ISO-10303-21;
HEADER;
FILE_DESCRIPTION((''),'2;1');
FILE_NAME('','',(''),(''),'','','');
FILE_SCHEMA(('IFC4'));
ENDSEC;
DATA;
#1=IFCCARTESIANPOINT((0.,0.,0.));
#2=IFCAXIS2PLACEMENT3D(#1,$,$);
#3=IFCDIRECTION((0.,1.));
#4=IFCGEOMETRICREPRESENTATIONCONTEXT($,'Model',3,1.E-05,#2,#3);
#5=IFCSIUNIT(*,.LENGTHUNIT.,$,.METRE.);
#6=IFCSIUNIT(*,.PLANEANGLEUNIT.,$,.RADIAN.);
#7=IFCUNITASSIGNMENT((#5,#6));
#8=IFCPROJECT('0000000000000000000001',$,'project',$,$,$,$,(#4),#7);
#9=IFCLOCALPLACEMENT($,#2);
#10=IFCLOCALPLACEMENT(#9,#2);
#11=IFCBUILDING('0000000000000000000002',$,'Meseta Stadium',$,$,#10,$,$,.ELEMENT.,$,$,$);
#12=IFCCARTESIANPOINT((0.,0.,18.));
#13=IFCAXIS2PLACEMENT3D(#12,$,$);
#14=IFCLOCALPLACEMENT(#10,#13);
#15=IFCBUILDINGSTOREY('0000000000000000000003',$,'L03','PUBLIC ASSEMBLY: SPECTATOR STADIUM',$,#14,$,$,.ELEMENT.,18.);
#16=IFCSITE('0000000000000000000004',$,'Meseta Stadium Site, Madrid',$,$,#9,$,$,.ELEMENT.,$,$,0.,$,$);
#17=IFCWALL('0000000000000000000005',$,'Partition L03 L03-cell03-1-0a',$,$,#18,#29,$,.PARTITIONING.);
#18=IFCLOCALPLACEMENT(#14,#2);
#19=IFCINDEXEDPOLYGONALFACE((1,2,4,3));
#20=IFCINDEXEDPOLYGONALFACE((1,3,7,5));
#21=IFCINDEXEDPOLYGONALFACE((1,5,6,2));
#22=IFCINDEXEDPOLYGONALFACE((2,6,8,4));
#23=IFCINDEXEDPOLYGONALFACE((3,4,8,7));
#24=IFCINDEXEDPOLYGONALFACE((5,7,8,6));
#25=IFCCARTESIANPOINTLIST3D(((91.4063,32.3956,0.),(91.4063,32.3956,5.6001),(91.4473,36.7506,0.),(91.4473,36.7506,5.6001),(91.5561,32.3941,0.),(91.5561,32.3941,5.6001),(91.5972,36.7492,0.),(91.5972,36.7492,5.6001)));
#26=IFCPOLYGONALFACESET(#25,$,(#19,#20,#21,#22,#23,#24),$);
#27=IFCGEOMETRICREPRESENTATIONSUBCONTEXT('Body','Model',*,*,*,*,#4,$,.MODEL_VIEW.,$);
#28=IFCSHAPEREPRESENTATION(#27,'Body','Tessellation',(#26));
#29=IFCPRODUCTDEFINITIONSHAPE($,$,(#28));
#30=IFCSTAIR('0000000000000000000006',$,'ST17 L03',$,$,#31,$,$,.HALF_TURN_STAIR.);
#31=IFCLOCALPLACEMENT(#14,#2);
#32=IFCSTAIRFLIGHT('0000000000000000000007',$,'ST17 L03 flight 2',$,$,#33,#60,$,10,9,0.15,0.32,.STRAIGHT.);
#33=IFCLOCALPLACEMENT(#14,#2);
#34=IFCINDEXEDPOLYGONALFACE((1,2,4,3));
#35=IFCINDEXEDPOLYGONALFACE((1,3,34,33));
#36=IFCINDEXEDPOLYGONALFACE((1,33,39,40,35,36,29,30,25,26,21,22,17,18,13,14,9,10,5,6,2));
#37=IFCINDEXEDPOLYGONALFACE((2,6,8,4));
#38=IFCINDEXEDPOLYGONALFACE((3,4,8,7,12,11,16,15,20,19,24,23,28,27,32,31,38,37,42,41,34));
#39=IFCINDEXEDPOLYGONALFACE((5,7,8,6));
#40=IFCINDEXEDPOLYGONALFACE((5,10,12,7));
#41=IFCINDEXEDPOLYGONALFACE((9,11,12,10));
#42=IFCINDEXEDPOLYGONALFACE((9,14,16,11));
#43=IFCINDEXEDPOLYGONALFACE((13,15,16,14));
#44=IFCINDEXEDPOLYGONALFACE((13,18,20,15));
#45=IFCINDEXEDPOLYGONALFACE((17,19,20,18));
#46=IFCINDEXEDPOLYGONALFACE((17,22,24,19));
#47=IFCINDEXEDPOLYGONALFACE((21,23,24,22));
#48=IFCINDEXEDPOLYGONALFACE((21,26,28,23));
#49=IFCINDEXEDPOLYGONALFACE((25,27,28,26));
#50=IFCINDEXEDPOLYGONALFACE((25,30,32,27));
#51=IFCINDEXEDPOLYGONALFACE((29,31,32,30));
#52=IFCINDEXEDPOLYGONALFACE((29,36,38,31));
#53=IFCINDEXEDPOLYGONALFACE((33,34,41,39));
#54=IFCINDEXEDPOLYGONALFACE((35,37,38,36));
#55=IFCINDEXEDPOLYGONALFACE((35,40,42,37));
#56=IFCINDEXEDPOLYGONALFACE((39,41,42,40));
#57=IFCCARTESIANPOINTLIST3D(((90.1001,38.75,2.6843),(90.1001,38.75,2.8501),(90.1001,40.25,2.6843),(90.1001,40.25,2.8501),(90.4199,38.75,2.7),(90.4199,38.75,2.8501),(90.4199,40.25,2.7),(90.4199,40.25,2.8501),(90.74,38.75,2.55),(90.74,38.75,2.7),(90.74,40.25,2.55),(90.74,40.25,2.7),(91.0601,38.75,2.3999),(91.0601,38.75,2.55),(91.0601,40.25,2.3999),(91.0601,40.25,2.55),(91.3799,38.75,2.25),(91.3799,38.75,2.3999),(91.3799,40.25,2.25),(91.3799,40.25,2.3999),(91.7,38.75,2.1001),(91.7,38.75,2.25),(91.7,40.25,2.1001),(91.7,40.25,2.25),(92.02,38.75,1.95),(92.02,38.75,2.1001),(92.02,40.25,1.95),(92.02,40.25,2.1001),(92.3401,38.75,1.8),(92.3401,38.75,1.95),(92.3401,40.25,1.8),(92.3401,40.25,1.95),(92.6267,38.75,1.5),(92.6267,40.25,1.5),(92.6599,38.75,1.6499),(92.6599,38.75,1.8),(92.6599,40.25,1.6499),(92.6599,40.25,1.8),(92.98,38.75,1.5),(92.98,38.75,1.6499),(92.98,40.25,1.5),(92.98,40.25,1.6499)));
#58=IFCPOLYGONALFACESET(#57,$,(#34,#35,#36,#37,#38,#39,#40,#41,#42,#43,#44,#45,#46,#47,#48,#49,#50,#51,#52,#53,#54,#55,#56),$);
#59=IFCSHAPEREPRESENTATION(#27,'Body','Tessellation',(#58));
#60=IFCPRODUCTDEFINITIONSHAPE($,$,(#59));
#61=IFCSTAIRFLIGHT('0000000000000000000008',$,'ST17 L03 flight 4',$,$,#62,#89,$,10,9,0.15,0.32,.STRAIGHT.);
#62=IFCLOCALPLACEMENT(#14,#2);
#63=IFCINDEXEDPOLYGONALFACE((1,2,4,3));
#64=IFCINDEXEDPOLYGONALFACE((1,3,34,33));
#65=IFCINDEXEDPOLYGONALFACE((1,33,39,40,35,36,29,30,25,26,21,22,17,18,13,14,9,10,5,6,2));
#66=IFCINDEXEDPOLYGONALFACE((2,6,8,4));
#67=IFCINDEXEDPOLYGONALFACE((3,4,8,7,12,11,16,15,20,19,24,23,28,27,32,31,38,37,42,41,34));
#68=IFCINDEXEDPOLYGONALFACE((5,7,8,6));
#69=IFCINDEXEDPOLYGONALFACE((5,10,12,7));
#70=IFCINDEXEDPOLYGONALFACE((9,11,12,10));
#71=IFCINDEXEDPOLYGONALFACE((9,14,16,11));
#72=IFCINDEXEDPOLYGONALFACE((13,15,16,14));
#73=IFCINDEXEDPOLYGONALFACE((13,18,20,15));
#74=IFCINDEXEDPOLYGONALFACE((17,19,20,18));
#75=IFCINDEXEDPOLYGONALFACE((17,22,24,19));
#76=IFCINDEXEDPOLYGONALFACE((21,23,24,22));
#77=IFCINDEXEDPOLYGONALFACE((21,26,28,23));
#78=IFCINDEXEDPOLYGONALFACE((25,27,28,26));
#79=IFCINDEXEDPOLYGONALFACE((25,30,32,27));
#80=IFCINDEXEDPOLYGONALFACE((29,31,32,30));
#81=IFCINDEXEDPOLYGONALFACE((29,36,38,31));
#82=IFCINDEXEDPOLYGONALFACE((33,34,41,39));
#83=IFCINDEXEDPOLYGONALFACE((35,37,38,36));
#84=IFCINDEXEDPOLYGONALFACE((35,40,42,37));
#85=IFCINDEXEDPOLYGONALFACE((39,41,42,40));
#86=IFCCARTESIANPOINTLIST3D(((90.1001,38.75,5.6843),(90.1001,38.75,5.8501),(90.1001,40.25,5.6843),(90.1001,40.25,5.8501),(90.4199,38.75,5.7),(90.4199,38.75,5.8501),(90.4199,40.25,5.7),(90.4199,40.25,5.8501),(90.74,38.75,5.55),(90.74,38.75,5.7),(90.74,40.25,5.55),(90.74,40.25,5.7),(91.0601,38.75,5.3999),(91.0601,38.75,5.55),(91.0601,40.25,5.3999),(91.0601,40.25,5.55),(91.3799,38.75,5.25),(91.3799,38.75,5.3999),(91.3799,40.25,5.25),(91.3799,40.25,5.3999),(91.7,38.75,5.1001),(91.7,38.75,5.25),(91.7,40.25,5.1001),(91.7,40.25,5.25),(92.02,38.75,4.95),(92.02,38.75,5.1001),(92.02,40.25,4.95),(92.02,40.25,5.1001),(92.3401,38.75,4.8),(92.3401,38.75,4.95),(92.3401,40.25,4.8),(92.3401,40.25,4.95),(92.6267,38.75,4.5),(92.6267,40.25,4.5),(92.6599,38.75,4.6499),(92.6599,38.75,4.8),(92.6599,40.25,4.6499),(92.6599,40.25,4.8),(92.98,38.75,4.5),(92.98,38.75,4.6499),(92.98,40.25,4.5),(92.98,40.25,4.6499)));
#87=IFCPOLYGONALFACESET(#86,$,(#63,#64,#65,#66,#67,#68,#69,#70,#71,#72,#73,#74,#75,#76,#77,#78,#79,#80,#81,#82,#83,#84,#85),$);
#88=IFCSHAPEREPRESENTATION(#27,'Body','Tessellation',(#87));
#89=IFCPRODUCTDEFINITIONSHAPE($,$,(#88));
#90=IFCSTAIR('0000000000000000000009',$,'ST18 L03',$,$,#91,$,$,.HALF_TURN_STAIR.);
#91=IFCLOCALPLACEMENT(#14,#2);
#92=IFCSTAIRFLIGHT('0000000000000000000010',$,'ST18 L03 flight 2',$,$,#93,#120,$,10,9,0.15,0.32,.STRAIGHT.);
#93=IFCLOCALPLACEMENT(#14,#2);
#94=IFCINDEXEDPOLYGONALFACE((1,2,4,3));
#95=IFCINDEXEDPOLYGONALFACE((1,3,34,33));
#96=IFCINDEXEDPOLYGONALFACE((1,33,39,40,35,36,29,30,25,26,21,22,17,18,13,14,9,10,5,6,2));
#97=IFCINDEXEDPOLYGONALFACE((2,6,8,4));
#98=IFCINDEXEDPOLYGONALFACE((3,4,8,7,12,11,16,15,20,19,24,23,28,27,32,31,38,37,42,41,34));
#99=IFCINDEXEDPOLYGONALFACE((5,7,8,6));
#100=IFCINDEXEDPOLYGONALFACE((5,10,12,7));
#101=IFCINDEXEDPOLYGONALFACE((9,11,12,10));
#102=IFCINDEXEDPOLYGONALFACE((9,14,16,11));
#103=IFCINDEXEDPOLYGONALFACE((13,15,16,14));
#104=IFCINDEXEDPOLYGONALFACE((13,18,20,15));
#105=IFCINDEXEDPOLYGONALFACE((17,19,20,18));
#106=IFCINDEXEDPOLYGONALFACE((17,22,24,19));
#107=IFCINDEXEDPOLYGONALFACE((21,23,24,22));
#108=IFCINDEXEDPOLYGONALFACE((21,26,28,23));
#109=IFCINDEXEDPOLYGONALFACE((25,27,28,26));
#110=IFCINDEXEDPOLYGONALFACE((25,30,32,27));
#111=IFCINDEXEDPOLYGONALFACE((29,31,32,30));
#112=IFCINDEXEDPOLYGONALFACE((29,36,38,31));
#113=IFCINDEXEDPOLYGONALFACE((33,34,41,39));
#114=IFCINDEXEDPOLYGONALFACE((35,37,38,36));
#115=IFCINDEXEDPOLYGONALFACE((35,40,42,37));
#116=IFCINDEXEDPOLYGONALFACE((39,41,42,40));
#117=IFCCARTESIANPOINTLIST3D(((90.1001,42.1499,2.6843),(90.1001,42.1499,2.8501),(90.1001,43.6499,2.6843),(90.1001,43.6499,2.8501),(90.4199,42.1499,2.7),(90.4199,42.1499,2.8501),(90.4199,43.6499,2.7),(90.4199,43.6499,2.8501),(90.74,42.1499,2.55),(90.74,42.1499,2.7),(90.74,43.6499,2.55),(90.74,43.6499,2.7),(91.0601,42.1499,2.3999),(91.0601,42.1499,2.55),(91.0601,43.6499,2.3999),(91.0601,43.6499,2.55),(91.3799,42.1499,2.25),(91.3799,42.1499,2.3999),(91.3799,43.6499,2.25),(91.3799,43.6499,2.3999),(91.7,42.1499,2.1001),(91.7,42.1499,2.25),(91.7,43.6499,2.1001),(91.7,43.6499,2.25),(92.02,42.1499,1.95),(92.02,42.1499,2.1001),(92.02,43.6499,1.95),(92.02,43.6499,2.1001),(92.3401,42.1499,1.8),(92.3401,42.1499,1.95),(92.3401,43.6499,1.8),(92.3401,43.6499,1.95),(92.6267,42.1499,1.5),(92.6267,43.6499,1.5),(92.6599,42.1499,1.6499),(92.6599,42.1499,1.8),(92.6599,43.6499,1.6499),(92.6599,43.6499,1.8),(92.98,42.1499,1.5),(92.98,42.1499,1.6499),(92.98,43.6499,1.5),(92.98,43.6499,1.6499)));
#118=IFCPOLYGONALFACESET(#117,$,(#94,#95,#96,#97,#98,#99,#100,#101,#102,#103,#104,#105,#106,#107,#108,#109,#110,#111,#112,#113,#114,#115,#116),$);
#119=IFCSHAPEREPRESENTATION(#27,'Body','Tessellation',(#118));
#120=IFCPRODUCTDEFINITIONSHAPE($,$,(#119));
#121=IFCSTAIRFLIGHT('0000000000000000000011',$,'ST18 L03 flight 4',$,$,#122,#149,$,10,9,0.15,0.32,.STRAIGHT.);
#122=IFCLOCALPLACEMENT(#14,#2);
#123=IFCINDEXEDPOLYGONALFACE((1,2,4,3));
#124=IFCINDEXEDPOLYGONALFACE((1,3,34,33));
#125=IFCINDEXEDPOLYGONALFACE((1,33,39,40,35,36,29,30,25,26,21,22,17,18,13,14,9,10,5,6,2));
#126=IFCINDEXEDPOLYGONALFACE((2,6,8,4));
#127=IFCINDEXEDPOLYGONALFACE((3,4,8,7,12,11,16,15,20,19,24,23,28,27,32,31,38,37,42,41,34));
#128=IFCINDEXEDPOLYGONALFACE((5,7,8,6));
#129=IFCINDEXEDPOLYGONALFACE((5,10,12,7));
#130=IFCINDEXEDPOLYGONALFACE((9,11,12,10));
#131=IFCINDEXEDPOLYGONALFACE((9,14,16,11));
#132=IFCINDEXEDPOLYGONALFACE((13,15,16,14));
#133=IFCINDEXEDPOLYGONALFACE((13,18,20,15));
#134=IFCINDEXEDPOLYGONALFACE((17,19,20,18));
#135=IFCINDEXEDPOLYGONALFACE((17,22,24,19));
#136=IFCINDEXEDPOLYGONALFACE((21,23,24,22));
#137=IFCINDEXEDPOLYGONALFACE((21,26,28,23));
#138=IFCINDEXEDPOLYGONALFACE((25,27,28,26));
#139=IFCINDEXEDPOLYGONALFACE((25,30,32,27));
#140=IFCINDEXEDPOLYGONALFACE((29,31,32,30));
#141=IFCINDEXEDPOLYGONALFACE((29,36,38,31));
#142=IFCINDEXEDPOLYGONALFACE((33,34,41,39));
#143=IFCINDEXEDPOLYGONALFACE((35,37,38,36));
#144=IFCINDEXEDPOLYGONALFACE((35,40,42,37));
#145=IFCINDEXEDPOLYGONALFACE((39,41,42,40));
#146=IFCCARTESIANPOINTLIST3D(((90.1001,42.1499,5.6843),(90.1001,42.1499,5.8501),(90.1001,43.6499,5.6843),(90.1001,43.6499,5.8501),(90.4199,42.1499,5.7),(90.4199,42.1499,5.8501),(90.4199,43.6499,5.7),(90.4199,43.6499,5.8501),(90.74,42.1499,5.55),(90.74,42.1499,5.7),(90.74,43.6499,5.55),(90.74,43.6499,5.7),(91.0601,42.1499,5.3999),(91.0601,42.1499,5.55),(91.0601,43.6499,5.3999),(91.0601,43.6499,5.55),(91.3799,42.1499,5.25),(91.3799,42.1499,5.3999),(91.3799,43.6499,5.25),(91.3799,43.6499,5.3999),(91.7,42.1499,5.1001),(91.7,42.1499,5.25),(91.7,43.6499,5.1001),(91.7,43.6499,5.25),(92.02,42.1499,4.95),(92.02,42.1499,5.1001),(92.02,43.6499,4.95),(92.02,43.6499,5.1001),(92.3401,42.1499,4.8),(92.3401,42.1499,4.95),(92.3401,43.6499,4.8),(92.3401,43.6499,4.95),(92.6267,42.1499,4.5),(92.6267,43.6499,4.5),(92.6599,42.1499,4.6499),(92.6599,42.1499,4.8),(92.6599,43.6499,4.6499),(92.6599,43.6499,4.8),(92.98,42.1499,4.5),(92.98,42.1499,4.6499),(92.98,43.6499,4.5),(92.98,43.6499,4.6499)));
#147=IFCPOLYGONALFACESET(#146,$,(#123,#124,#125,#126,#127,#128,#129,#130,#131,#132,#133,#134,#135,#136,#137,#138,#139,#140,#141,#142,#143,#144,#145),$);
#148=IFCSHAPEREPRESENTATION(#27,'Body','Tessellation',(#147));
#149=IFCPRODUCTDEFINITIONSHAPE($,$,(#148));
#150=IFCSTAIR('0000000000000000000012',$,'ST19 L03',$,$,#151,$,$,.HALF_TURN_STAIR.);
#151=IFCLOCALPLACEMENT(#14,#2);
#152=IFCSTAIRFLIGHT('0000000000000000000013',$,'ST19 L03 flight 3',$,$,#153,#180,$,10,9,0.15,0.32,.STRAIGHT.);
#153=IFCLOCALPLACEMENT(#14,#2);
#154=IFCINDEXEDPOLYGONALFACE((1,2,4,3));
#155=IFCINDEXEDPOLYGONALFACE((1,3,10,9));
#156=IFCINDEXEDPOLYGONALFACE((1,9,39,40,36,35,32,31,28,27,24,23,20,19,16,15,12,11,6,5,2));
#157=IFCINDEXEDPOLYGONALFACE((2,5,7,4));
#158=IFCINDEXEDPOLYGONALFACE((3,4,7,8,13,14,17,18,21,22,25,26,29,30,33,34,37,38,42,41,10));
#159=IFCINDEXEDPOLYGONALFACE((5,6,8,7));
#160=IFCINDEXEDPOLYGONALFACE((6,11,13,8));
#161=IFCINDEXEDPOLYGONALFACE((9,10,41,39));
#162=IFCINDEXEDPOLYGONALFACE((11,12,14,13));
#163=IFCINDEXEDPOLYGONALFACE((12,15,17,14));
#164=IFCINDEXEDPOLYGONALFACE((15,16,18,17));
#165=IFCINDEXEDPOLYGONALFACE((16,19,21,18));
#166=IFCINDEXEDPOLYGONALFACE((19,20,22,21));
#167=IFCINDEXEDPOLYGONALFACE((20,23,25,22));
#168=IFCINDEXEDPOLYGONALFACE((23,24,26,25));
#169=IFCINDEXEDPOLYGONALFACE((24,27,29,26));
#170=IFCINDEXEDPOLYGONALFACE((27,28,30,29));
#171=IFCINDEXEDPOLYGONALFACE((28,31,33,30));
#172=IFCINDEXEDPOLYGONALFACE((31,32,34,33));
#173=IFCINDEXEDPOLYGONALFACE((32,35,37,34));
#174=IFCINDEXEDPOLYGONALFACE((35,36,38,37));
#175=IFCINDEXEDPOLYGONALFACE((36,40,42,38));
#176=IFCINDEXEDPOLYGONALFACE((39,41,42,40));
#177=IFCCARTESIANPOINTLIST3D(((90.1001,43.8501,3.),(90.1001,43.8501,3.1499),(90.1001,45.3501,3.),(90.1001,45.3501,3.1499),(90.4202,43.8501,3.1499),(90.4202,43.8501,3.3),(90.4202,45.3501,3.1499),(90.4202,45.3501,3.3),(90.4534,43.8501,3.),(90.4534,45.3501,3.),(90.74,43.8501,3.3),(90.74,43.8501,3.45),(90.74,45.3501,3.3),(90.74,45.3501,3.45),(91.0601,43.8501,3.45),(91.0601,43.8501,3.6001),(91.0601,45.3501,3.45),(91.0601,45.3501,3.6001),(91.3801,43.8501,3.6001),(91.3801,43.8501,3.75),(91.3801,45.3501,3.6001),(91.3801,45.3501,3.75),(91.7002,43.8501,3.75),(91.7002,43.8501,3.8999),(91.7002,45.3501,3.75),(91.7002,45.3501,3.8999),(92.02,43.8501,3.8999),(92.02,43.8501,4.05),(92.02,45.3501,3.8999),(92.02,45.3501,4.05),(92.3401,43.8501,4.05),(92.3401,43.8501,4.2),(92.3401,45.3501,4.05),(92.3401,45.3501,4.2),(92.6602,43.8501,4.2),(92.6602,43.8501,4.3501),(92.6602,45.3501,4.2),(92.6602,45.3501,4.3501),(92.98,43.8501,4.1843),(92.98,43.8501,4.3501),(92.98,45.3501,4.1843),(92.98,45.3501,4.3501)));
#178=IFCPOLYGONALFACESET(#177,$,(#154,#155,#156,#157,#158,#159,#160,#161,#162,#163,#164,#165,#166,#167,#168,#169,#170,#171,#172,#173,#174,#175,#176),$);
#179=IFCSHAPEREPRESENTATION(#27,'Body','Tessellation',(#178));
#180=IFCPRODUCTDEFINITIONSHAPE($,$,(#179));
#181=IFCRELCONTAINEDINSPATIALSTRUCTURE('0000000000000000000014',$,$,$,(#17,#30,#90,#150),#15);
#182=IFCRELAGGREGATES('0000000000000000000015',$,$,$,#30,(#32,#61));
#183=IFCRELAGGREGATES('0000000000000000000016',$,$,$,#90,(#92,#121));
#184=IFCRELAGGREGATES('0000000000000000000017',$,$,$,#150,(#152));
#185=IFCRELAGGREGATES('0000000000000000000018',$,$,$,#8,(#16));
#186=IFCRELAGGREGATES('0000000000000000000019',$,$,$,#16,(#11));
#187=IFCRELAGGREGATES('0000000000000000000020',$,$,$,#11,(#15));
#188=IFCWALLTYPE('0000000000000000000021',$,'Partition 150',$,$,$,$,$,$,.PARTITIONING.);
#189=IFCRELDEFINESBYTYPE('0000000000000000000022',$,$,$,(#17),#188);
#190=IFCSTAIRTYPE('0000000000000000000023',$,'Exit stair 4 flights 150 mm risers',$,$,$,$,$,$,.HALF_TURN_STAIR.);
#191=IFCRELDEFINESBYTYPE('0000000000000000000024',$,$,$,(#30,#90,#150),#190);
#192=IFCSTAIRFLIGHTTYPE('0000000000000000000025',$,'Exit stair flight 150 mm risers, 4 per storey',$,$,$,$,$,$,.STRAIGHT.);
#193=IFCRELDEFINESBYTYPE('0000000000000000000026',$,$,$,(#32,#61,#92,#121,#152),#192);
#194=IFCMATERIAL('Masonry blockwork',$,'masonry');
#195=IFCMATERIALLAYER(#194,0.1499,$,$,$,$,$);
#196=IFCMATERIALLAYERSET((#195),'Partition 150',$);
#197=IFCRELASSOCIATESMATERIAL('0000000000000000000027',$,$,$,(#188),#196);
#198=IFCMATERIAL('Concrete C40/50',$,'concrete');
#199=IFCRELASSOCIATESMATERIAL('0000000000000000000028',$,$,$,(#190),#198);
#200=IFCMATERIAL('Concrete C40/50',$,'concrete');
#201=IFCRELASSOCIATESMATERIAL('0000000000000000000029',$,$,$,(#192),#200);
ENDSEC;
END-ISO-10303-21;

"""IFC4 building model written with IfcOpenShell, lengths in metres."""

from ifc_helpers import new_model, si_unit, direction, frame, frame_2d, origin, place, context, subcontext, project, spatial, polyline, rectangle, outline, extrude, material, layer, layer_set, type_object, element, aggregate, save


model = new_model("IFC4")

# Units and contexts
model_context = context("Model", 3, precision=1e-05, world=origin(), true_north=direction((0.0, 1.0)))
body_context = subcontext(model_context, "Body", "Model", "MODEL_VIEW")
ifc_project = project(units=[si_unit("LENGTHUNIT", "METRE"), si_unit("PLANEANGLEUNIT", "RADIAN")], contexts=[model_context])

# Site, building, storey
site_placement = place(None, origin())
site = spatial("IfcSite", under=ifc_project, at=site_placement, Name="Meseta Stadium Site, Madrid", CompositionType="ELEMENT", RefElevation=0.0)
building_placement = place(site_placement, origin())
building = spatial("IfcBuilding", under=site, at=building_placement, Name="Meseta Stadium", CompositionType="ELEMENT")
storey_placement = place(building_placement, frame((0.0, 0.0, 18.0)))
storey = spatial("IfcBuildingStorey", under=building, at=storey_placement, Name="L03", Description="PUBLIC ASSEMBLY: SPECTATOR STADIUM", CompositionType="ELEMENT", Elevation=18.0)

# Wall
ifc_material_1 = material(Name="Masonry blockwork", Category="masonry")
ifc_layer = layer(ifc_material_1, 0.1499)
ifc_layer_set = layer_set([ifc_layer], Name="Partition 150")
wall_type = type_object("IfcWallType", Name="Partition 150", PredefinedType="PARTITIONING", material=ifc_layer_set)
wall_placement = place(storey_placement, frame((91.5222, 36.75, 0.0), z_axis=(0.0, 0.0, 1.0), x_axis=(-0.009418, -0.999956, 0.0)))
element("IfcWall", 1, at=wall_placement, inside=storey, type_object=wall_type, Name="Partition L03 L03-cell03-1-0a", PredefinedType="PARTITIONING", context=body_context, shape_type="SweptSolid", body=[
    extrude(rectangle(XDim=4.3552, YDim=0.1499, at=frame_2d((2.1777, 0.0))), origin(), (0.0, 0.0, 1.0), 5.6001),
])

# Stairs, stair flights
ifc_material_2 = material(Name="Concrete C40/50", Category="concrete")
stair_type = type_object("IfcStairType", Name="Exit stair 4 flights 150 mm risers", PredefinedType="HALF_TURN_STAIR", material=ifc_material_2)
stair_1_placement = place(storey_placement, origin())
stair_1 = element("IfcStair", 2, at=stair_1_placement, inside=storey, type_object=stair_type, Name="ST17 L03", PredefinedType="HALF_TURN_STAIR")
ifc_material_3 = material(Name="Concrete C40/50", Category="concrete")
stair_flight_type = type_object("IfcStairFlightType", Name="Exit stair flight 150 mm risers, 4 per storey", PredefinedType="STRAIGHT", material=ifc_material_3)
stair_flight_1_placement = place(storey_placement, frame((92.98, 39.5, 1.5), z_axis=(0.0, 0.0, 1.0), x_axis=(-1.0, 0.0, 0.0)))
stair_flight_1 = element("IfcStairFlight", 3, at=stair_flight_1_placement, type_object=stair_flight_type, Name="ST17 L03 flight 2", NumberOfRisers=10, NumberOfTreads=9, PredefinedType="STRAIGHT", RiserHeight=0.15, TreadLength=0.32, context=body_context, shape_type="SweptSolid", body=[
    extrude(outline(polyline([(0.0, 0.0), (0.0, 0.1499), (0.3201, 0.1499), (0.3201, 0.3), (0.6399, 0.3), (0.6399, 0.45), (0.96, 0.45), (0.96, 0.6001), (1.28, 0.6001), (1.28, 0.75), (1.6001, 0.75), (1.6001, 0.8999), (1.9199, 0.8999), (1.9199, 1.05), (2.24, 1.05), (2.24, 1.2), (2.5601, 1.2), (2.5601, 1.3501), (2.8799, 1.3501), (2.8799, 1.1843), (0.3533, 0.0), (0.0, 0.0)])), frame((0.0, 0.75, 0.0), z_axis=(0.0, -1.0, 0.0), x_axis=(1.0, 0.0, 0.0)), (0.0, 0.0, 1.0), 1.5),
])
stair_flight_2_placement = place(storey_placement, frame((92.98, 39.5, 4.5), z_axis=(0.0, 0.0, 1.0), x_axis=(-1.0, 0.0, 0.0)))
stair_flight_2 = element("IfcStairFlight", 4, at=stair_flight_2_placement, type_object=stair_flight_type, Name="ST17 L03 flight 4", NumberOfRisers=10, NumberOfTreads=9, PredefinedType="STRAIGHT", RiserHeight=0.15, TreadLength=0.32, context=body_context, shape_type="SweptSolid", body=[
    extrude(outline(polyline([(0.0, 0.0), (0.0, 0.1499), (0.3201, 0.1499), (0.3201, 0.3), (0.6399, 0.3), (0.6399, 0.45), (0.96, 0.45), (0.96, 0.6001), (1.28, 0.6001), (1.28, 0.75), (1.6001, 0.75), (1.6001, 0.8999), (1.9199, 0.8999), (1.9199, 1.05), (2.24, 1.05), (2.24, 1.2), (2.5601, 1.2), (2.5601, 1.3501), (2.8799, 1.3501), (2.8799, 1.1843), (0.3533, 0.0), (0.0, 0.0)])), frame((0.0, 0.75, 0.0), z_axis=(0.0, -1.0, 0.0), x_axis=(1.0, 0.0, 0.0)), (0.0, 0.0, 1.0), 1.5),
])
aggregate(stair_1, [stair_flight_1, stair_flight_2])
stair_2_placement = place(storey_placement, origin())
stair_2 = element("IfcStair", 5, at=stair_2_placement, inside=storey, type_object=stair_type, Name="ST18 L03", PredefinedType="HALF_TURN_STAIR")
stair_flight_3_placement = place(storey_placement, frame((92.98, 42.8999, 1.5), z_axis=(0.0, 0.0, 1.0), x_axis=(-1.0, 0.0, 0.0)))
stair_flight_3 = element("IfcStairFlight", 6, at=stair_flight_3_placement, type_object=stair_flight_type, Name="ST18 L03 flight 2", NumberOfRisers=10, NumberOfTreads=9, PredefinedType="STRAIGHT", RiserHeight=0.15, TreadLength=0.32, context=body_context, shape_type="SweptSolid", body=[
    extrude(outline(polyline([(0.0, 0.0), (0.0, 0.1499), (0.3201, 0.1499), (0.3201, 0.3), (0.6399, 0.3), (0.6399, 0.45), (0.96, 0.45), (0.96, 0.6001), (1.28, 0.6001), (1.28, 0.75), (1.6001, 0.75), (1.6001, 0.8999), (1.9199, 0.8999), (1.9199, 1.05), (2.24, 1.05), (2.24, 1.2), (2.5601, 1.2), (2.5601, 1.3501), (2.8799, 1.3501), (2.8799, 1.1843), (0.3533, 0.0), (0.0, 0.0)])), frame((0.0, 0.75, 0.0), z_axis=(0.0, -1.0, 0.0), x_axis=(1.0, 0.0, 0.0)), (0.0, 0.0, 1.0), 1.5),
])
stair_flight_4_placement = place(storey_placement, frame((92.98, 42.8999, 4.5), z_axis=(0.0, 0.0, 1.0), x_axis=(-1.0, 0.0, 0.0)))
stair_flight_4 = element("IfcStairFlight", 7, at=stair_flight_4_placement, type_object=stair_flight_type, Name="ST18 L03 flight 4", NumberOfRisers=10, NumberOfTreads=9, PredefinedType="STRAIGHT", RiserHeight=0.15, TreadLength=0.32, context=body_context, shape_type="SweptSolid", body=[
    extrude(outline(polyline([(0.0, 0.0), (0.0, 0.1499), (0.3201, 0.1499), (0.3201, 0.3), (0.6399, 0.3), (0.6399, 0.45), (0.96, 0.45), (0.96, 0.6001), (1.28, 0.6001), (1.28, 0.75), (1.6001, 0.75), (1.6001, 0.8999), (1.9199, 0.8999), (1.9199, 1.05), (2.24, 1.05), (2.24, 1.2), (2.5601, 1.2), (2.5601, 1.3501), (2.8799, 1.3501), (2.8799, 1.1843), (0.3533, 0.0), (0.0, 0.0)])), frame((0.0, 0.75, 0.0), z_axis=(0.0, -1.0, 0.0), x_axis=(1.0, 0.0, 0.0)), (0.0, 0.0, 1.0), 1.5),
])
aggregate(stair_2, [stair_flight_3, stair_flight_4])

# Stair, stair flight
stair_3_placement = place(storey_placement, origin())
stair_3 = element("IfcStair", 8, at=stair_3_placement, inside=storey, type_object=stair_type, Name="ST19 L03", PredefinedType="HALF_TURN_STAIR")
stair_flight_5_placement = place(storey_placement, frame((90.1001, 44.6001, 3.0), z_axis=(0.0, 0.0, 1.0), x_axis=(1.0, 0.0, 0.0)))
stair_flight_5 = element("IfcStairFlight", 9, at=stair_flight_5_placement, type_object=stair_flight_type, Name="ST19 L03 flight 3", NumberOfRisers=10, NumberOfTreads=9, PredefinedType="STRAIGHT", RiserHeight=0.15, TreadLength=0.32, context=body_context, shape_type="SweptSolid", body=[
    extrude(outline(polyline([(0.0, 0.0), (0.0, 0.1499), (0.3201, 0.1499), (0.3201, 0.3), (0.6399, 0.3), (0.6399, 0.45), (0.96, 0.45), (0.96, 0.6001), (1.28, 0.6001), (1.28, 0.75), (1.6001, 0.75), (1.6001, 0.8999), (1.9199, 0.8999), (1.9199, 1.05), (2.24, 1.05), (2.24, 1.2), (2.5601, 1.2), (2.5601, 1.3501), (2.8799, 1.3501), (2.8799, 1.1843), (0.3533, 0.0), (0.0, 0.0)])), frame((0.0, 0.75, 0.0), z_axis=(0.0, -1.0, 0.0), x_axis=(1.0, 0.0, 0.0)), (0.0, 0.0, 1.0), 1.5),
])
aggregate(stair_3, [stair_flight_5])

save(model, "model.ifc")
